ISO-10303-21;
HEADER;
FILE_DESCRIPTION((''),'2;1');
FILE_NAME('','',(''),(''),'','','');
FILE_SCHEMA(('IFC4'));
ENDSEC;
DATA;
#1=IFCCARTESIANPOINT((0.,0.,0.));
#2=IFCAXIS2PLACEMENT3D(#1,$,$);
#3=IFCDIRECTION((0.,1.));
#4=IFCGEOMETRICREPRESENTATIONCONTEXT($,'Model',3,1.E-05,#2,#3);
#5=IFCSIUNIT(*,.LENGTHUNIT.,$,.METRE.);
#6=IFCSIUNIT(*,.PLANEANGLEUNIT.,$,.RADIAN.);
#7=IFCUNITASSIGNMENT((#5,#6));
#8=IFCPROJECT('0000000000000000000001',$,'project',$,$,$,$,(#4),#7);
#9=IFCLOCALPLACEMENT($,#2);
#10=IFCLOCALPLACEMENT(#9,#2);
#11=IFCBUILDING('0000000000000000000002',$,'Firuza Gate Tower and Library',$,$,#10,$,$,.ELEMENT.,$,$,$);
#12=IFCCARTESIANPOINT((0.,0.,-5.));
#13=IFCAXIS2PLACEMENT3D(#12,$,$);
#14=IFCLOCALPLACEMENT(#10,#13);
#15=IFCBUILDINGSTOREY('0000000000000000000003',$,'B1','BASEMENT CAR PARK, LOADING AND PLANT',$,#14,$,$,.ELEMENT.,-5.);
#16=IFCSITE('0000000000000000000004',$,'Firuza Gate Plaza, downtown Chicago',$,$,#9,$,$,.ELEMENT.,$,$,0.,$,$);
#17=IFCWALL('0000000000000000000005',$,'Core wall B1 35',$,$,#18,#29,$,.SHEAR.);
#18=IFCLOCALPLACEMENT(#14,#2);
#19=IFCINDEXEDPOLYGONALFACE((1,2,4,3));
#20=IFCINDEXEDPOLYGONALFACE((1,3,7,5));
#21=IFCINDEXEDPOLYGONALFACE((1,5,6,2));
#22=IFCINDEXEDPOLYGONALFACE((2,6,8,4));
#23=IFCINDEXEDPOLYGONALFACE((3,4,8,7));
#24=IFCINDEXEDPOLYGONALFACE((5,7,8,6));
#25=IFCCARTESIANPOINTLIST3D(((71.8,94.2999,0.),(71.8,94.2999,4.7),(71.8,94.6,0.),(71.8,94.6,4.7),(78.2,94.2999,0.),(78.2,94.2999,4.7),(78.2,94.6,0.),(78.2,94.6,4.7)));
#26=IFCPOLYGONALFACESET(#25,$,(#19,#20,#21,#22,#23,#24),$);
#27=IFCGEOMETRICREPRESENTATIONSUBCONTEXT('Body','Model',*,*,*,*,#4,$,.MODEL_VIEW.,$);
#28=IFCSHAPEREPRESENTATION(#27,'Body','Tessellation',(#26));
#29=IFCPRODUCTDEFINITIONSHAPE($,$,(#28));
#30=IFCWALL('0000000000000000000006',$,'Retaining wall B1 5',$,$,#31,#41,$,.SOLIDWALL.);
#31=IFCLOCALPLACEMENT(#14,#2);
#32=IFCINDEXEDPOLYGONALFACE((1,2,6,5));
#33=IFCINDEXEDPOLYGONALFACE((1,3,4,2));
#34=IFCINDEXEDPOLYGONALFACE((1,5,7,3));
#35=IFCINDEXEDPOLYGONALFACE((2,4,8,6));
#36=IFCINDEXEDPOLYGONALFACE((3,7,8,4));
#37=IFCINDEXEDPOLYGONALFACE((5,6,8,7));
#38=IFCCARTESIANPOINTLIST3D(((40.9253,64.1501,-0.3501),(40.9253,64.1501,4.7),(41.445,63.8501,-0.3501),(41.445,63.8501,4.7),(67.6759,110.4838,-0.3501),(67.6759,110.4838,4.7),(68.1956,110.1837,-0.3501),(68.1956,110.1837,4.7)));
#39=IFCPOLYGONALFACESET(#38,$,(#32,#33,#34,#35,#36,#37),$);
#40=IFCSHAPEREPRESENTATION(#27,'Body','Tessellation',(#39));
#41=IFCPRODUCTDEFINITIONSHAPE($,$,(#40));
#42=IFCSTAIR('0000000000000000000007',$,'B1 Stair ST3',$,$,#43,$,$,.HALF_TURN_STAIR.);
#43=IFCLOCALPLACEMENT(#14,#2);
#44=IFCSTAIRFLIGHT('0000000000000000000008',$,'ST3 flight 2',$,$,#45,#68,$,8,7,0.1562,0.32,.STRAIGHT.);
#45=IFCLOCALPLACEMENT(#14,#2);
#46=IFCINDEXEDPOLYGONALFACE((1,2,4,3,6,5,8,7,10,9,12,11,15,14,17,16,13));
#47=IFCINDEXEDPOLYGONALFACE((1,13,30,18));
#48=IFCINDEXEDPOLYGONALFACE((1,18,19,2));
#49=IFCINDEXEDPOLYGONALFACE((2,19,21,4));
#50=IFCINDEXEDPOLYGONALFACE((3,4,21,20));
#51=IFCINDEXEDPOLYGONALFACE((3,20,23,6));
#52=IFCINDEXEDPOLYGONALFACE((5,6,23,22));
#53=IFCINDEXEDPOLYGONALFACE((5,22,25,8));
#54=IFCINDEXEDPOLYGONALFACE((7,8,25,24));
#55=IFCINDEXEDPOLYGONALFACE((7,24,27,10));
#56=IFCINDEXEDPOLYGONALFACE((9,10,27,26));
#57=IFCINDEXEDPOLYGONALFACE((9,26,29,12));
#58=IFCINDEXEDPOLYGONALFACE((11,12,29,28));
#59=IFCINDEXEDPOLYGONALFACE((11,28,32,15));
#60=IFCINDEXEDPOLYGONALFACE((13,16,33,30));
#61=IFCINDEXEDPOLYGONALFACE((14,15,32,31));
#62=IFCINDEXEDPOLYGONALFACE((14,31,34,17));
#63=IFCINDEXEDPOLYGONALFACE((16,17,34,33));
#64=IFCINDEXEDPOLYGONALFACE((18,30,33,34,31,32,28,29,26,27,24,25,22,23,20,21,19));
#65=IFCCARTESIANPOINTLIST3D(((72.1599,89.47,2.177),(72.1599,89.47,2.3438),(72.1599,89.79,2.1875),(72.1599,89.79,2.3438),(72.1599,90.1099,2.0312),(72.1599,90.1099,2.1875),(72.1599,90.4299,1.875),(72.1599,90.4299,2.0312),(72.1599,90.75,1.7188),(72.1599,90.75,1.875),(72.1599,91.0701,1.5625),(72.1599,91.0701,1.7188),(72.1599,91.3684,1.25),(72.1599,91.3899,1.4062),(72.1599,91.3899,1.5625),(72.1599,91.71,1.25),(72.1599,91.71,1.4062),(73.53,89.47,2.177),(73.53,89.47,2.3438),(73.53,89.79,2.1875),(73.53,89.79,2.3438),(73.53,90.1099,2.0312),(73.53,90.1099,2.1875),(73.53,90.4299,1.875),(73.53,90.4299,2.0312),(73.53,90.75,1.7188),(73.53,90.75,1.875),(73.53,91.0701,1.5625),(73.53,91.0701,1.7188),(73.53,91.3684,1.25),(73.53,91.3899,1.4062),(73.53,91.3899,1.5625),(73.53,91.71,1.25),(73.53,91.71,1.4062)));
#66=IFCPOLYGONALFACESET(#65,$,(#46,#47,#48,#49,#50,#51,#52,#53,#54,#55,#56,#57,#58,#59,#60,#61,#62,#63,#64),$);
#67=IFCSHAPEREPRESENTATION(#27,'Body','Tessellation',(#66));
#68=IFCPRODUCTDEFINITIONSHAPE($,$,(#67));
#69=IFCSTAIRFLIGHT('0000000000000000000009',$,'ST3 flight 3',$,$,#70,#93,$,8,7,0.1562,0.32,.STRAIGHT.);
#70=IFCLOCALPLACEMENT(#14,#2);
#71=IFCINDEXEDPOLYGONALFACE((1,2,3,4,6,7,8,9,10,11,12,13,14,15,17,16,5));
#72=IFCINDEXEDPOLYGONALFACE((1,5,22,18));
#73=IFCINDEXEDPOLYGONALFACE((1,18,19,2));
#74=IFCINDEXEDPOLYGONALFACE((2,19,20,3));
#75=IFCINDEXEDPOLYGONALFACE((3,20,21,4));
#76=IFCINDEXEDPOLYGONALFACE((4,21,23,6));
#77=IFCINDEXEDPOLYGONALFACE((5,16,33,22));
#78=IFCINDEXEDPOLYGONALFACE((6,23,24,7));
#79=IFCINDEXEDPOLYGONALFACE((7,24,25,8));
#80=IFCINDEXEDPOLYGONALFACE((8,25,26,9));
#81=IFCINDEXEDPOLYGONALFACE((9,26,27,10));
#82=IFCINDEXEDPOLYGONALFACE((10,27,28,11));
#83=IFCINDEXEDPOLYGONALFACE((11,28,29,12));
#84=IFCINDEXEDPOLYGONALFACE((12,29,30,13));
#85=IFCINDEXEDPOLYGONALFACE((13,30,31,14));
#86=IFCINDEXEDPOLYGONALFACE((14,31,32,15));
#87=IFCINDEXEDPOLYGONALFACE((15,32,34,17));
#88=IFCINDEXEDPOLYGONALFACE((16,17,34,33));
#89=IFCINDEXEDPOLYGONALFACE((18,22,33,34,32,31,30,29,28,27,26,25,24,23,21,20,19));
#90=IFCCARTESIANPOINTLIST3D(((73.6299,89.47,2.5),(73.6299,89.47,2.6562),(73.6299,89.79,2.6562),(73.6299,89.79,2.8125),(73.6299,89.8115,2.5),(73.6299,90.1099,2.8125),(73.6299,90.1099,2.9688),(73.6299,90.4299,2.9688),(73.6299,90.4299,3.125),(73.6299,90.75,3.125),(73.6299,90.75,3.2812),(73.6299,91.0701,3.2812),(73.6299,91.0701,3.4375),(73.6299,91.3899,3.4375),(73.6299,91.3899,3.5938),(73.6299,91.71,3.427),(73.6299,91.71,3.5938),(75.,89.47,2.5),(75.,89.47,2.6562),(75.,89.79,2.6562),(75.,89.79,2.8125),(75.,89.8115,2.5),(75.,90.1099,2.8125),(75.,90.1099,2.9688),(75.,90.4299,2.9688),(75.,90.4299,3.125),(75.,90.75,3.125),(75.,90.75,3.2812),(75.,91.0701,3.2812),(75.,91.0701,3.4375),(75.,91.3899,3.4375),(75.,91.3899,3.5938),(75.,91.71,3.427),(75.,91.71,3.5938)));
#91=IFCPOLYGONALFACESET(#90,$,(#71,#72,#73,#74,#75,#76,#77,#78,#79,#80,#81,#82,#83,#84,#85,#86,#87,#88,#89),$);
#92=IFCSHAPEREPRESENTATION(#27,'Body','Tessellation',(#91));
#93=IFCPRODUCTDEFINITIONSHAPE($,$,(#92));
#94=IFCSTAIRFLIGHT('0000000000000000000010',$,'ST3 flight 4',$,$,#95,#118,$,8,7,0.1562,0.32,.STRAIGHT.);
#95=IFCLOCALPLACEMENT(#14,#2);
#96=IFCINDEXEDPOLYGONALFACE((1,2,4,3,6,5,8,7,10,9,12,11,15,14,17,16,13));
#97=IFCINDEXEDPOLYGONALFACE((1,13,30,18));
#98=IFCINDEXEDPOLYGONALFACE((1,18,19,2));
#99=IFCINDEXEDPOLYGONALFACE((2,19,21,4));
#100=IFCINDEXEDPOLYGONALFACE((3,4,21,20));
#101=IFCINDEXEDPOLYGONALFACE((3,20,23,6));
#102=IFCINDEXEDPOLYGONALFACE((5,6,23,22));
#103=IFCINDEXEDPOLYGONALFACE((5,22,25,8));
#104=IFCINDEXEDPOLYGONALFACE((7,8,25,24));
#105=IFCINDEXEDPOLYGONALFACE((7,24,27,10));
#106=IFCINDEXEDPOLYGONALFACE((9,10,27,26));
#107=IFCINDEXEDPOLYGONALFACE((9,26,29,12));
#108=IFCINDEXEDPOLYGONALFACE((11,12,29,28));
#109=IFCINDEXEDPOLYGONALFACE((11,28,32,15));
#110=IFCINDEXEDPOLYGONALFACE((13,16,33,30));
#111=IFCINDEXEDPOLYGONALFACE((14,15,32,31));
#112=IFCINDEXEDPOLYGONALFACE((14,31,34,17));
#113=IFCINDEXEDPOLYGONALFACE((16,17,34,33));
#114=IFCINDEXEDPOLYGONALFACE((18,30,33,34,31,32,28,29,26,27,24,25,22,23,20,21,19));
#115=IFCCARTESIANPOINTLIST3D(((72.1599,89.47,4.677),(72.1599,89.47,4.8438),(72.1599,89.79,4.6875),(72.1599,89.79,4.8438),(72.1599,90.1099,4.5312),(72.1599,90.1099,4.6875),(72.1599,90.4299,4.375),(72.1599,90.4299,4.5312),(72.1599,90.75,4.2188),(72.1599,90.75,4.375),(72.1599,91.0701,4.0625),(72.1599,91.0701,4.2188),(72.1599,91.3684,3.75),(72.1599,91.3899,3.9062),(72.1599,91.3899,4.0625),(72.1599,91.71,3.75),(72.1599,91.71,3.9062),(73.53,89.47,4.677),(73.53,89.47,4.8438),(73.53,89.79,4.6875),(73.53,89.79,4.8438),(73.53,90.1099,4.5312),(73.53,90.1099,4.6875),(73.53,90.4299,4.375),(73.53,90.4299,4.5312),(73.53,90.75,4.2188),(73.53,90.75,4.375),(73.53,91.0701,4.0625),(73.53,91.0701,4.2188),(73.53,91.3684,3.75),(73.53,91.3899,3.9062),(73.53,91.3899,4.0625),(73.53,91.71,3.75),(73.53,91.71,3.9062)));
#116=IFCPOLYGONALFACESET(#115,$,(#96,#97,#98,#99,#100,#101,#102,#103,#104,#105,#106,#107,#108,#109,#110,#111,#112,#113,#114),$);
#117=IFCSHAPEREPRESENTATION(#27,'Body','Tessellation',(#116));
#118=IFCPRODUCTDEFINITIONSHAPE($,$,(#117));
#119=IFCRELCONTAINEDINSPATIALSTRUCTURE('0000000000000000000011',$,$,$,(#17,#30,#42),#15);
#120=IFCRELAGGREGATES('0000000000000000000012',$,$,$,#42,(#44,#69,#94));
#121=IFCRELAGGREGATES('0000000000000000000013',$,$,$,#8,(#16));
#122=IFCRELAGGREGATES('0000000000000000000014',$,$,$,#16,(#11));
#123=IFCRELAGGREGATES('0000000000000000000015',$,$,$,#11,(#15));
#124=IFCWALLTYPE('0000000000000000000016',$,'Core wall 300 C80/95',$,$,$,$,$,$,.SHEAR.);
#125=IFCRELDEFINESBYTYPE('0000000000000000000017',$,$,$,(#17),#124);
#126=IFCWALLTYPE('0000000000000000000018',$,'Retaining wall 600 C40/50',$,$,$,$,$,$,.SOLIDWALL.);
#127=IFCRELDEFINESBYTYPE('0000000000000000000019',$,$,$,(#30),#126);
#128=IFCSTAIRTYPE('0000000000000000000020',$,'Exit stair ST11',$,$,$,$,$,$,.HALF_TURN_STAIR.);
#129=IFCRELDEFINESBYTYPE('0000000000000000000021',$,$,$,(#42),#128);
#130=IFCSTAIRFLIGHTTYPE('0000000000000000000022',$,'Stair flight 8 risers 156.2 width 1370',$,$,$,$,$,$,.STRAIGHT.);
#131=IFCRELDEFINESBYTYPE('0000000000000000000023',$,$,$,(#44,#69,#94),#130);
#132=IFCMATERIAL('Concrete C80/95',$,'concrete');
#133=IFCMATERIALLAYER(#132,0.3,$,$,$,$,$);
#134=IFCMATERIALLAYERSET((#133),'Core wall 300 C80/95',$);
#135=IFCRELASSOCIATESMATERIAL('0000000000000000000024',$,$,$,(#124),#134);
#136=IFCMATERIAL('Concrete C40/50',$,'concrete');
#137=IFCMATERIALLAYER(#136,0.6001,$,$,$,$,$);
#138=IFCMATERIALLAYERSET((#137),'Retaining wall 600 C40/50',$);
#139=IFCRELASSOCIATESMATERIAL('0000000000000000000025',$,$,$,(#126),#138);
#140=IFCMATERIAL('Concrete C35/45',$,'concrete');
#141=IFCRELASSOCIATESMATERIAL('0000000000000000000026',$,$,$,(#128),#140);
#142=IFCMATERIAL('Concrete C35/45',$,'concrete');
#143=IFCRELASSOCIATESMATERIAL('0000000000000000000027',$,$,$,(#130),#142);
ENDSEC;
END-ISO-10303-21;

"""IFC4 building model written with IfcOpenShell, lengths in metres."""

from ifc_helpers import new_model, si_unit, direction, frame, frame_2d, origin, place, context, subcontext, project, spatial, polyline, rectangle, outline, extrude, material, layer, layer_set, type_object, element, aggregate, save


model = new_model("IFC4")

# Units and contexts
model_context = context("Model", 3, precision=1e-05, world=origin(), true_north=direction((0.0, 1.0)))
body_context = subcontext(model_context, "Body", "Model", "MODEL_VIEW")
ifc_project = project(units=[si_unit("LENGTHUNIT", "METRE"), si_unit("PLANEANGLEUNIT", "RADIAN")], contexts=[model_context])

# Site, building, storey
site_placement = place(None, origin())
site = spatial("IfcSite", under=ifc_project, at=site_placement, Name="Firuza Gate Plaza, downtown Chicago", CompositionType="ELEMENT", RefElevation=0.0)
building_placement = place(site_placement, origin())
building = spatial("IfcBuilding", under=site, at=building_placement, Name="Firuza Gate Tower and Library", CompositionType="ELEMENT")
storey_placement = place(building_placement, frame((0.0, 0.0, -5.0)))
storey = spatial("IfcBuildingStorey", under=building, at=storey_placement, Name="B1", Description="BASEMENT CAR PARK, LOADING AND PLANT", CompositionType="ELEMENT", Elevation=-5.0)

# Walls
ifc_material_1 = material(Name="Concrete C80/95", Category="concrete")
ifc_layer_1 = layer(ifc_material_1, 0.3)
ifc_layer_set_1 = layer_set([ifc_layer_1], Name="Core wall 300 C80/95")
wall_type_1 = type_object("IfcWallType", Name="Core wall 300 C80/95", PredefinedType="SHEAR", material=ifc_layer_set_1)
wall_1_placement = place(storey_placement, frame((71.8, 94.45, 0.0), z_axis=(0.0, 0.0, 1.0), x_axis=(1.0, 0.0, 0.0)))
element("IfcWall", 1, at=wall_1_placement, inside=storey, type_object=wall_type_1, Name="Core wall B1 35", PredefinedType="SHEAR", context=body_context, shape_type="SweptSolid", body=[
    extrude(rectangle(XDim=6.3999, YDim=0.3, at=frame_2d((3.2, 0.0))), origin(), (0.0, 0.0, 1.0), 4.7),
])
ifc_material_2 = material(Name="Concrete C40/50", Category="concrete")
ifc_layer_2 = layer(ifc_material_2, 0.6001)
ifc_layer_set_2 = layer_set([ifc_layer_2], Name="Retaining wall 600 C40/50")
wall_type_2 = type_object("IfcWallType", Name="Retaining wall 600 C40/50", PredefinedType="SOLIDWALL", material=ifc_layer_set_2)
wall_2_placement = place(storey_placement, frame((67.9358, 110.3337, -0.3501), z_axis=(0.0, 0.0, 1.0), x_axis=(-0.499999, -0.866026, 0.0)))
element("IfcWall", 2, at=wall_2_placement, inside=storey, type_object=wall_type_2, Name="Retaining wall B1 5", PredefinedType="SOLIDWALL", context=body_context, shape_type="SweptSolid", body=[
    extrude(rectangle(XDim=53.5015, YDim=0.6001, at=frame_2d((26.7507, 0.0))), origin(), (0.0, 0.0, 1.0), 5.05),
])

# Stair, stair flights
ifc_material_3 = material(Name="Concrete C35/45", Category="concrete")
stair_type = type_object("IfcStairType", Name="Exit stair ST11", PredefinedType="HALF_TURN_STAIR", material=ifc_material_3)
stair_placement = place(storey_placement, origin())
stair = element("IfcStair", 3, at=stair_placement, inside=storey, type_object=stair_type, Name="B1 Stair ST3", PredefinedType="HALF_TURN_STAIR")
ifc_material_4 = material(Name="Concrete C35/45", Category="concrete")
stair_flight_type = type_object("IfcStairFlightType", Name="Stair flight 8 risers 156.2 width 1370", PredefinedType="STRAIGHT", material=ifc_material_4)
stair_flight_1_placement = place(storey_placement, frame((72.845, 91.71, 1.25), z_axis=(0.0, 0.0, 1.0), x_axis=(0.0, -1.0, 0.0)))
stair_flight_1 = element("IfcStairFlight", 4, at=stair_flight_1_placement, type_object=stair_flight_type, Name="ST3 flight 2", NumberOfRisers=8, NumberOfTreads=7, PredefinedType="STRAIGHT", RiserHeight=0.1562, TreadLength=0.32, context=body_context, shape_type="SweptSolid", body=[
    extrude(outline(polyline([(0.0, 0.0), (0.0, 0.1562), (0.3201, 0.1562), (0.3201, 0.3125), (0.6399, 0.3125), (0.6399, 0.4688), (0.96, 0.4688), (0.96, 0.625), (1.28, 0.625), (1.28, 0.7812), (1.6001, 0.7812), (1.6001, 0.9375), (1.9199, 0.9375), (1.9199, 1.0938), (2.24, 1.0938), (2.24, 1.25), (2.24, 0.927), (0.3416, 0.0), (0.0, 0.0)])), frame((0.0, 0.6851, 0.0), z_axis=(0.0, -1.0, 0.0), x_axis=(1.0, 0.0, 0.0)), (0.0, 0.0, 1.0), 1.3701),
])
stair_flight_2_placement = place(storey_placement, frame((74.3149, 89.47, 2.5), z_axis=(0.0, 0.0, 1.0), x_axis=(0.0, 1.0, 0.0)))
stair_flight_2 = element("IfcStairFlight", 5, at=stair_flight_2_placement, type_object=stair_flight_type, Name="ST3 flight 3", NumberOfRisers=8, NumberOfTreads=7, PredefinedType="STRAIGHT", RiserHeight=0.1562, TreadLength=0.32, context=body_context, shape_type="SweptSolid", body=[
    extrude(outline(polyline([(0.0, 0.0), (0.0, 0.1562), (0.3201, 0.1562), (0.3201, 0.3125), (0.6399, 0.3125), (0.6399, 0.4688), (0.96, 0.4688), (0.96, 0.625), (1.28, 0.625), (1.28, 0.7812), (1.6001, 0.7812), (1.6001, 0.9375), (1.9199, 0.9375), (1.9199, 1.0938), (2.24, 1.0938), (2.24, 1.25), (2.24, 0.927), (0.3416, 0.0), (0.0, 0.0)])), frame((0.0, 0.6851, 0.0), z_axis=(0.0, -1.0, 0.0), x_axis=(1.0, 0.0, 0.0)), (0.0, 0.0, 1.0), 1.3701),
])
stair_flight_3_placement = place(storey_placement, frame((72.845, 91.71, 3.75), z_axis=(0.0, 0.0, 1.0), x_axis=(0.0, -1.0, 0.0)))
stair_flight_3 = element("IfcStairFlight", 6, at=stair_flight_3_placement, type_object=stair_flight_type, Name="ST3 flight 4", NumberOfRisers=8, NumberOfTreads=7, PredefinedType="STRAIGHT", RiserHeight=0.1562, TreadLength=0.32, context=body_context, shape_type="SweptSolid", body=[
    extrude(outline(polyline([(0.0, 0.0), (0.0, 0.1562), (0.3201, 0.1562), (0.3201, 0.3125), (0.6399, 0.3125), (0.6399, 0.4688), (0.96, 0.4688), (0.96, 0.625), (1.28, 0.625), (1.28, 0.7812), (1.6001, 0.7812), (1.6001, 0.9375), (1.9199, 0.9375), (1.9199, 1.0938), (2.24, 1.0938), (2.24, 1.25), (2.24, 0.927), (0.3416, 0.0), (0.0, 0.0)])), frame((0.0, 0.6851, 0.0), z_axis=(0.0, -1.0, 0.0), x_axis=(1.0, 0.0, 0.0)), (0.0, 0.0, 1.0), 1.3701),
])
aggregate(stair, [stair_flight_1, stair_flight_2, stair_flight_3])

save(model, "model.ifc")
